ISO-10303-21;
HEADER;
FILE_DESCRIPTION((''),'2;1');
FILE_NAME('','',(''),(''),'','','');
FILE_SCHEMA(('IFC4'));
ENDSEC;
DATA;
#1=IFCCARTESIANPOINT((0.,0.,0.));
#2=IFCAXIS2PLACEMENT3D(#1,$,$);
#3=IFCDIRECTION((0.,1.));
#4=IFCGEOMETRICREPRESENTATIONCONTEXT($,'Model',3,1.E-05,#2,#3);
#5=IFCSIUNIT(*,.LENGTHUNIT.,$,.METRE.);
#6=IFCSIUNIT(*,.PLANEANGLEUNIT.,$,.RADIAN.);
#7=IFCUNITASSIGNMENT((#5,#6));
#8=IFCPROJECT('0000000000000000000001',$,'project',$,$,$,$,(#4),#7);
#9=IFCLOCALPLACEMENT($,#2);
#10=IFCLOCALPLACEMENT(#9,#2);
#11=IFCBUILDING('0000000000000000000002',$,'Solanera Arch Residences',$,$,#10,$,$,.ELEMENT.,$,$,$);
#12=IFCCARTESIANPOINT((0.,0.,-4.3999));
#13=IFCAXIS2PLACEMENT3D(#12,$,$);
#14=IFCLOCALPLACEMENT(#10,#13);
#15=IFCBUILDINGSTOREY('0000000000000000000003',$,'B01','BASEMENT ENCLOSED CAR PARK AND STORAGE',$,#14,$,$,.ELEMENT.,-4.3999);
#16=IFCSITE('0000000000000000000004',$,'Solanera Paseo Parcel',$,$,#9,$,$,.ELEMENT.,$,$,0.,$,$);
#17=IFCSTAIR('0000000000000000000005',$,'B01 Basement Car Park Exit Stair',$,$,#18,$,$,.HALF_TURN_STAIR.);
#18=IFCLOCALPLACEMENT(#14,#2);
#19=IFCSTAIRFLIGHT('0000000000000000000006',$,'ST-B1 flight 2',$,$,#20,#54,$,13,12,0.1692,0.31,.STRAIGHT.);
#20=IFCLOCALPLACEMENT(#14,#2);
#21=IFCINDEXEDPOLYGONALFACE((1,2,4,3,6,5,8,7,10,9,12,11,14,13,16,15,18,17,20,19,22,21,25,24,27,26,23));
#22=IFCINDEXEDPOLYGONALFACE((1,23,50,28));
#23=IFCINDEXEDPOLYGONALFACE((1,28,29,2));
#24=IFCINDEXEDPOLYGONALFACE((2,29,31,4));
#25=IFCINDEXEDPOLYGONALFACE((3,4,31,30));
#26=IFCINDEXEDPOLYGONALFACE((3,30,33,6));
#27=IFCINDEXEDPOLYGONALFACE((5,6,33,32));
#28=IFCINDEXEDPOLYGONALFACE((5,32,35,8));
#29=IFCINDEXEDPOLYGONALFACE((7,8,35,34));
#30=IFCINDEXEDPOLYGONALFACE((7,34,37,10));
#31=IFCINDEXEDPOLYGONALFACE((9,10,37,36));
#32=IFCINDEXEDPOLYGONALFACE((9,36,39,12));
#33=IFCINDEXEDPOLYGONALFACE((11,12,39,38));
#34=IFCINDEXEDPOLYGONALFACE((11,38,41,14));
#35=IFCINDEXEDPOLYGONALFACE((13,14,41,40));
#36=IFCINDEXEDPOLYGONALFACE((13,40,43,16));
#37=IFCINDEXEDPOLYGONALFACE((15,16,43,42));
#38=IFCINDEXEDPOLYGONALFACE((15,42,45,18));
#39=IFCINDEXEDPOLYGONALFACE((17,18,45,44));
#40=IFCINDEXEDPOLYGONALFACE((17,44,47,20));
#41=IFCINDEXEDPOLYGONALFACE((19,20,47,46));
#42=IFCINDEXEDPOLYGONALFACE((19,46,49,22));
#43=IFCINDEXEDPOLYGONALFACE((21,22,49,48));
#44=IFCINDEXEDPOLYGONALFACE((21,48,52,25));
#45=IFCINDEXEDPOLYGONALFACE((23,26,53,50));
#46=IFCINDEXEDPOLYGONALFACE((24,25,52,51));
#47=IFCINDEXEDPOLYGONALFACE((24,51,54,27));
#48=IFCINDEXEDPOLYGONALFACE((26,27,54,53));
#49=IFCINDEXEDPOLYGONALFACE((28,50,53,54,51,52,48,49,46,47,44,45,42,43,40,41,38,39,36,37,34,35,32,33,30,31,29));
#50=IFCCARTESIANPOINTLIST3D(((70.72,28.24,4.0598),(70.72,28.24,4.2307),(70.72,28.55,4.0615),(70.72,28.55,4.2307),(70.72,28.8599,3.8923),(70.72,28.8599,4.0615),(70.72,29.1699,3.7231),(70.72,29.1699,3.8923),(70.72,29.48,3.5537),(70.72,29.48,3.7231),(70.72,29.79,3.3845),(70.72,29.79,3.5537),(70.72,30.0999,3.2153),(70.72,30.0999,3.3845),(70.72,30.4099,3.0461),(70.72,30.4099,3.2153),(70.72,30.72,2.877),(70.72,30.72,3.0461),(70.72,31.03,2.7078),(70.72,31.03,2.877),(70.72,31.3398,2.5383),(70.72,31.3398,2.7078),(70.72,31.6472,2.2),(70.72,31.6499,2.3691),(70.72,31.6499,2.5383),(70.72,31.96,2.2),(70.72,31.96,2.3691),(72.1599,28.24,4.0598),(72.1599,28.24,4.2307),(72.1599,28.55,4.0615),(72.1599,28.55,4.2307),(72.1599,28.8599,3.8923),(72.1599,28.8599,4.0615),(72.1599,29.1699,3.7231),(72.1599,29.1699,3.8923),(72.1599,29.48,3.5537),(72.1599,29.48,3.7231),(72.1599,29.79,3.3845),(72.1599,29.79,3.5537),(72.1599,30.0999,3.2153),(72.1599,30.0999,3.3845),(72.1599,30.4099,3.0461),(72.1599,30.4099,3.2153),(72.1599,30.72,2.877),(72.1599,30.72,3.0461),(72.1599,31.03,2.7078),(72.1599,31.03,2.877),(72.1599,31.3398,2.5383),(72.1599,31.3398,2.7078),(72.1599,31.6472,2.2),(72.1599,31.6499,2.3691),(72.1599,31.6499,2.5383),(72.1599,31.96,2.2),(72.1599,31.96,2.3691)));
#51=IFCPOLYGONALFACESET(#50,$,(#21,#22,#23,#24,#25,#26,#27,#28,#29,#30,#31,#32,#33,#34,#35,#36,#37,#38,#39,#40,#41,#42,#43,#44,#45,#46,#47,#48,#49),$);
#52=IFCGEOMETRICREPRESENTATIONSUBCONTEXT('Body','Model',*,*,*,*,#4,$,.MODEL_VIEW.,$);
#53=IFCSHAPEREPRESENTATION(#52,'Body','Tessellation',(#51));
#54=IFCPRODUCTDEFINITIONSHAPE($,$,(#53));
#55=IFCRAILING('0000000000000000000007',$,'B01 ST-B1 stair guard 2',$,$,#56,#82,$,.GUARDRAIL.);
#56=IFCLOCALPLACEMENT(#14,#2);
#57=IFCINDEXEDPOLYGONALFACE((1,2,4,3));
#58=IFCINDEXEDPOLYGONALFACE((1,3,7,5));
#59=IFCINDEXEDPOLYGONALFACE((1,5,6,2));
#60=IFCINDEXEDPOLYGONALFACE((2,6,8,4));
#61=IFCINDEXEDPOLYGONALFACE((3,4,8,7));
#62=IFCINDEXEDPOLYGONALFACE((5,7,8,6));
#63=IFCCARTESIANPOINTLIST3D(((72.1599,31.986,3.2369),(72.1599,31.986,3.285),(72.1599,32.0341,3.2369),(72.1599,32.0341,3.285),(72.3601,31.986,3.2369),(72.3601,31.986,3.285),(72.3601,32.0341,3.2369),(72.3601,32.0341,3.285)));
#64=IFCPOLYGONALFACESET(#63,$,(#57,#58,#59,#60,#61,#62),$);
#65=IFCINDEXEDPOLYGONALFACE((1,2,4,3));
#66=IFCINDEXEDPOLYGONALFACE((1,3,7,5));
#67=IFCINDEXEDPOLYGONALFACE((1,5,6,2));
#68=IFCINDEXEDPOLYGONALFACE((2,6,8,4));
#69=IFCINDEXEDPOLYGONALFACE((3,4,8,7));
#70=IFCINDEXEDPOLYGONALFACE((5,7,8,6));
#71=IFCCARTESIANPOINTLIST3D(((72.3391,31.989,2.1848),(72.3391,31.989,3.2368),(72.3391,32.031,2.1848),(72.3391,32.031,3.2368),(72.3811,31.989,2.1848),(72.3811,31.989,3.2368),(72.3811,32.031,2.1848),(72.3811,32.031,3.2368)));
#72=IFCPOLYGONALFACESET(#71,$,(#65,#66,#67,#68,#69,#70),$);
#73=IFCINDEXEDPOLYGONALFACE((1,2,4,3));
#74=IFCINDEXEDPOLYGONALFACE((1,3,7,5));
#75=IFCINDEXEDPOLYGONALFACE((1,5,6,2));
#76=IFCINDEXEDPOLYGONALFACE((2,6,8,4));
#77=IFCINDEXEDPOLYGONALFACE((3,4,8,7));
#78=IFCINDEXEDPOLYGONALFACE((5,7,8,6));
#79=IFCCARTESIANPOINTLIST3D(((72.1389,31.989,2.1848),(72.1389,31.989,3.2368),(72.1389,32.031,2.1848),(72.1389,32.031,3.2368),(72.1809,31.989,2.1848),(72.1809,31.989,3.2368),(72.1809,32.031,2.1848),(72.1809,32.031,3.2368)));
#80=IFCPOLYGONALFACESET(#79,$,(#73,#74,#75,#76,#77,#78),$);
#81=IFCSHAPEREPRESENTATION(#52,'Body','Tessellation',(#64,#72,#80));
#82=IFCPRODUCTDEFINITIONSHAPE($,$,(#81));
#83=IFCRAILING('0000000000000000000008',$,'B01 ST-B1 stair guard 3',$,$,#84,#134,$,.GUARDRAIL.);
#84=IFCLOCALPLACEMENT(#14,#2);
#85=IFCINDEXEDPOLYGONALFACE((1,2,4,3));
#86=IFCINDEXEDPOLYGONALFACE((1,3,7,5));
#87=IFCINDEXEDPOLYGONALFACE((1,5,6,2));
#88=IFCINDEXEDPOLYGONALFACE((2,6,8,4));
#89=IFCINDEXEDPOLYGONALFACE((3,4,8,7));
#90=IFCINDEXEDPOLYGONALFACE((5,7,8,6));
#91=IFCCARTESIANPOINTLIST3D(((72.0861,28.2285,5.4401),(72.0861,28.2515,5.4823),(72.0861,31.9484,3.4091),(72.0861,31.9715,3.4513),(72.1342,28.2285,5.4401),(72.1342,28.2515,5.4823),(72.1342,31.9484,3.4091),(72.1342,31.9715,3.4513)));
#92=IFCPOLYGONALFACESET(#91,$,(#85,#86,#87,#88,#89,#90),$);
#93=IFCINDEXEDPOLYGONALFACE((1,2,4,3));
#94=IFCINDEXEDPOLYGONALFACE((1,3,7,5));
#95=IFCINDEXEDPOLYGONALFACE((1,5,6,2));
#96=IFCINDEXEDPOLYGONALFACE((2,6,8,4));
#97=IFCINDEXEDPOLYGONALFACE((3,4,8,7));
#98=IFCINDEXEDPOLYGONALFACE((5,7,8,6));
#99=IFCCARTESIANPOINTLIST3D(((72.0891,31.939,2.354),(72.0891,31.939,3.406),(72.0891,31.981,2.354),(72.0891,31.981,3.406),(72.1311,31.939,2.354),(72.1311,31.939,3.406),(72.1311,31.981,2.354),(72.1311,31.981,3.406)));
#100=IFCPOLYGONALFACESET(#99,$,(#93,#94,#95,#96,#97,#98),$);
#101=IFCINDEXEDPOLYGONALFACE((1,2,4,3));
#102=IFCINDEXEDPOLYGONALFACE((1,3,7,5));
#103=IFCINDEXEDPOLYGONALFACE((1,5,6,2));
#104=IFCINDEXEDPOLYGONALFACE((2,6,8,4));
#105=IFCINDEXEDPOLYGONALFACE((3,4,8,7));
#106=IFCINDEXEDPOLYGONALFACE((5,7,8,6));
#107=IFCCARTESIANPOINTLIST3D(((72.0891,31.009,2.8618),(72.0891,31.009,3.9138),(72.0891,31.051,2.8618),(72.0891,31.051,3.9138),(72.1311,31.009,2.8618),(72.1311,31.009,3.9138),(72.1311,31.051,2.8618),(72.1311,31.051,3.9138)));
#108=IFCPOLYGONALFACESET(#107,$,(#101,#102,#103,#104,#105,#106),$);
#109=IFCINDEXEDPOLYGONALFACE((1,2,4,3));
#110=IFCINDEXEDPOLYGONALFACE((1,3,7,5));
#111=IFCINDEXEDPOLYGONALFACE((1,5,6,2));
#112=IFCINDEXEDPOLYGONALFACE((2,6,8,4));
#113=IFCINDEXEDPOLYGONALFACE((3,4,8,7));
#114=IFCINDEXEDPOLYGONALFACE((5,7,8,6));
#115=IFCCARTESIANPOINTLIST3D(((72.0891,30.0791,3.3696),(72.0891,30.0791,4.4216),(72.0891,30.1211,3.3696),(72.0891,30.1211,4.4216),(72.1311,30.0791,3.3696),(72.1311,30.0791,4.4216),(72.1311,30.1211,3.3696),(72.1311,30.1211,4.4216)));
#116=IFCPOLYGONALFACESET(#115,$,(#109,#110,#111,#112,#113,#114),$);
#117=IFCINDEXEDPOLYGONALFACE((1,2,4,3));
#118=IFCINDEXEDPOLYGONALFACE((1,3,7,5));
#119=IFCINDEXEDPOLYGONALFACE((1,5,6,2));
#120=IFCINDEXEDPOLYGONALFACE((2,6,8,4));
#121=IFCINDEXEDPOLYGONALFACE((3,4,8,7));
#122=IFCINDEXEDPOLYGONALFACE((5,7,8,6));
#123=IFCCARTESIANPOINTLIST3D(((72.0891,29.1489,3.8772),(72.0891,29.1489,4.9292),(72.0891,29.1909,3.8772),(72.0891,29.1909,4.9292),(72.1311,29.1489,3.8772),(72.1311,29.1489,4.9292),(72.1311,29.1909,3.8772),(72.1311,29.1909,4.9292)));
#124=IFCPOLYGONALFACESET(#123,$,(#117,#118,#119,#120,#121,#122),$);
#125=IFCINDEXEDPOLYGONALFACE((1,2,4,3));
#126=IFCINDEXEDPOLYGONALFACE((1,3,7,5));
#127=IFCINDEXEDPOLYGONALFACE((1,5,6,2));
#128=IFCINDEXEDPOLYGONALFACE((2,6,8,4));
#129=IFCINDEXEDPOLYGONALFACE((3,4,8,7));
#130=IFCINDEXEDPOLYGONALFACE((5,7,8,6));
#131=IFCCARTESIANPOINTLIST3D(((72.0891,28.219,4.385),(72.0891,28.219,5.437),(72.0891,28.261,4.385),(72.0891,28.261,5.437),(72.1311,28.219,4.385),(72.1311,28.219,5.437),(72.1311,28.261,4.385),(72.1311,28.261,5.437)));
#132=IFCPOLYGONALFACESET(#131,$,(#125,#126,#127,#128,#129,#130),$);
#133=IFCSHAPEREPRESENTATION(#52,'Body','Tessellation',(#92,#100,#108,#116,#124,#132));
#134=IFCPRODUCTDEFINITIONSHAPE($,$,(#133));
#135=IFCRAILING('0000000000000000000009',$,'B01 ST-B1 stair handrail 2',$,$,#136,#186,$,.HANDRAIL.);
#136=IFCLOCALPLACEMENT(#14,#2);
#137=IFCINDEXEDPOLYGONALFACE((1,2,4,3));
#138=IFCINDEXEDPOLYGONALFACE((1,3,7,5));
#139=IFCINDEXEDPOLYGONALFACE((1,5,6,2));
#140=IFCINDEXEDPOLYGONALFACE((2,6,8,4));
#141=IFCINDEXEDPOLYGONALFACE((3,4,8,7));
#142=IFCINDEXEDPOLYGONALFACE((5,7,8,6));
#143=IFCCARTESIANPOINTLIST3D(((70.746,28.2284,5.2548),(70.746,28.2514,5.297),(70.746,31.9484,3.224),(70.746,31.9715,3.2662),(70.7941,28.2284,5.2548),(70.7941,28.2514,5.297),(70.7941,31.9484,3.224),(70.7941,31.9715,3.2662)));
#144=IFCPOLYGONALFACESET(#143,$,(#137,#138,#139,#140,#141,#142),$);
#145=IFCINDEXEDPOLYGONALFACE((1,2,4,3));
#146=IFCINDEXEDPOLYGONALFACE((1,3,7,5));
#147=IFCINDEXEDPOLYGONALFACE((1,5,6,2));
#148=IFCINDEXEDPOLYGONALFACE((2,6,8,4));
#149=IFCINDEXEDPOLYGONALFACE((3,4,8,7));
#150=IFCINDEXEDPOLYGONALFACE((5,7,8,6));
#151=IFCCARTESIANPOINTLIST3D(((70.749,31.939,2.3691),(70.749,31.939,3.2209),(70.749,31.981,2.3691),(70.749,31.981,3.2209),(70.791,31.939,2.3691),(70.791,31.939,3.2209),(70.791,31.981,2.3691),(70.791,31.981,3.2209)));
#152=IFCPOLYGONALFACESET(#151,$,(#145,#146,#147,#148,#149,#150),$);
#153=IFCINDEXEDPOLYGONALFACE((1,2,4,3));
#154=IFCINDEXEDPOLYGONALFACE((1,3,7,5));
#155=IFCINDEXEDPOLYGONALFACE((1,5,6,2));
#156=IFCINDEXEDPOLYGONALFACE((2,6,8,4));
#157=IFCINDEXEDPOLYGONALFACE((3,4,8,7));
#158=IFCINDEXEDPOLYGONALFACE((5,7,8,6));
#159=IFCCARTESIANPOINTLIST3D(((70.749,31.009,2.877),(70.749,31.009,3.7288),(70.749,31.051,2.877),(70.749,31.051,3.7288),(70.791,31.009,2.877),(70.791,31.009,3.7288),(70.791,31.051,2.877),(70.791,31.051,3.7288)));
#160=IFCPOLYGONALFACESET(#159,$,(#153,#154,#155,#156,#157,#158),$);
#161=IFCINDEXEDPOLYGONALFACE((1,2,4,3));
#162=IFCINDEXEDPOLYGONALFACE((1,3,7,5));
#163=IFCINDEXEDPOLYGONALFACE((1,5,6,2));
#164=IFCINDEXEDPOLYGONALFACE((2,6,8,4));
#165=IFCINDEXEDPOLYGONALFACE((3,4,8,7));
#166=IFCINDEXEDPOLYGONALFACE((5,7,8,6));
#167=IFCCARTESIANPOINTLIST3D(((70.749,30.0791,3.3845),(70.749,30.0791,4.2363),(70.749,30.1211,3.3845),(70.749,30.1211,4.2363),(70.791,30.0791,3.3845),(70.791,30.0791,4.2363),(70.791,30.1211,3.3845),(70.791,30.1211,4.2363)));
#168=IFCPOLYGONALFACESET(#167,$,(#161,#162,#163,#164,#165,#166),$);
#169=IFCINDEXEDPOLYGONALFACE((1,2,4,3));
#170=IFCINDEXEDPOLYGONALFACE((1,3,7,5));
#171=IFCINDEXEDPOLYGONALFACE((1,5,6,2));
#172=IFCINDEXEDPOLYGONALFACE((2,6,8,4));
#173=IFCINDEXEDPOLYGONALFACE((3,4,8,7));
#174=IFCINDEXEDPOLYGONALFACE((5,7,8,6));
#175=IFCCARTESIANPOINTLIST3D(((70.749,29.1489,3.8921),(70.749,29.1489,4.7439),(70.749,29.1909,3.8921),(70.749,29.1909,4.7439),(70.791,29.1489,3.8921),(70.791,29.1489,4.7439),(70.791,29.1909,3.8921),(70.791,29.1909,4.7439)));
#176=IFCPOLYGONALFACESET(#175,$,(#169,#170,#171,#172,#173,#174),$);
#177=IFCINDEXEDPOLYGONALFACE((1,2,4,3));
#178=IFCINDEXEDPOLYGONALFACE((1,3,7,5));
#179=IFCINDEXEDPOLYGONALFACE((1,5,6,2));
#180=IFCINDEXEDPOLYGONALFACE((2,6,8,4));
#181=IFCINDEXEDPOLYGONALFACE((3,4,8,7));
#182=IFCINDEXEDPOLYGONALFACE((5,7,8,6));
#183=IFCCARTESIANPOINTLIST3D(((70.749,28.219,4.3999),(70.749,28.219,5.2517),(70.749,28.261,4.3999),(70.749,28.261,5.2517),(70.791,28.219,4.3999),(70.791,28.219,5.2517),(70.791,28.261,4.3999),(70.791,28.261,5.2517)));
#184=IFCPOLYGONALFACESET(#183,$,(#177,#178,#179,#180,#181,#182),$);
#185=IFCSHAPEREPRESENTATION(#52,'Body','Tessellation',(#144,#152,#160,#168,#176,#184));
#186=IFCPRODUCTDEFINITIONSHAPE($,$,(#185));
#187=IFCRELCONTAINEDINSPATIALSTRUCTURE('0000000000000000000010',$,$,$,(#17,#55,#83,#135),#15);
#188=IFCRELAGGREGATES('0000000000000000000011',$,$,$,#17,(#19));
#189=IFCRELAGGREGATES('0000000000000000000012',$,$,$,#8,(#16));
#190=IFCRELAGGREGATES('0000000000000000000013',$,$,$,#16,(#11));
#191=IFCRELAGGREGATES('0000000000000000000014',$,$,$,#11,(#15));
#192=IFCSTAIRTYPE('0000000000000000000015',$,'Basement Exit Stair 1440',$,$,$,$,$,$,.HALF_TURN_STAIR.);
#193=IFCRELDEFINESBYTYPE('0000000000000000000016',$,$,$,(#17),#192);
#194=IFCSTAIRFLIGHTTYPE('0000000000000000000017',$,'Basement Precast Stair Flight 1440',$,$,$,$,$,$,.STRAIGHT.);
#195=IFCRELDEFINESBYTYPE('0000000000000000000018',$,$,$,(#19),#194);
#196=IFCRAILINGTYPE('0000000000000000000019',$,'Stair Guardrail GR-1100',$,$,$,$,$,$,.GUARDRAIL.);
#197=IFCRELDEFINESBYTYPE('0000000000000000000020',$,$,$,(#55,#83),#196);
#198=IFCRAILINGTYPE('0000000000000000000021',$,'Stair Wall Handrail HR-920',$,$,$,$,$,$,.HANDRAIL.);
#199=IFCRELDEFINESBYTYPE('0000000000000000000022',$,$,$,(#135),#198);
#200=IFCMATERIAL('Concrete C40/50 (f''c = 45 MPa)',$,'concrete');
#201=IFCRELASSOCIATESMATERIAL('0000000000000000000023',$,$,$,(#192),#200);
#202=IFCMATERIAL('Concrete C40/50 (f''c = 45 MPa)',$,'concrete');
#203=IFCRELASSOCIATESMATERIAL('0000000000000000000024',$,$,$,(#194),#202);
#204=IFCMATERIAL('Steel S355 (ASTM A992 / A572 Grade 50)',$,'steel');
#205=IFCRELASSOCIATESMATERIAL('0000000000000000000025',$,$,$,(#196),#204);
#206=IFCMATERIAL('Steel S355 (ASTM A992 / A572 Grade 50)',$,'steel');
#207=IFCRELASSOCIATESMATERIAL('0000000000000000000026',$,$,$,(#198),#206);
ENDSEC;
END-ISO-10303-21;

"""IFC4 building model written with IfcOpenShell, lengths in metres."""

from ifc_helpers import new_model, si_unit, direction, frame, origin, origin_2d, place, context, subcontext, project, spatial, polyline, rectangle, outline, extrude, material, type_object, element, aggregate, save


model = new_model("IFC4")

# Units and contexts
model_context = context("Model", 3, precision=1e-05, world=origin(), true_north=direction((0.0, 1.0)))
body_context = subcontext(model_context, "Body", "Model", "MODEL_VIEW")
ifc_project = project(units=[si_unit("LENGTHUNIT", "METRE"), si_unit("PLANEANGLEUNIT", "RADIAN")], contexts=[model_context])

# Site, building, storey
site_placement = place(None, origin())
site = spatial("IfcSite", under=ifc_project, at=site_placement, Name="Solanera Paseo Parcel", CompositionType="ELEMENT", RefElevation=0.0)
building_placement = place(site_placement, origin())
building = spatial("IfcBuilding", under=site, at=building_placement, Name="Solanera Arch Residences", CompositionType="ELEMENT")
storey_placement = place(building_placement, frame((0.0, 0.0, -4.3999)))
storey = spatial("IfcBuildingStorey", under=building, at=storey_placement, Name="B01", Description="BASEMENT ENCLOSED CAR PARK AND STORAGE", CompositionType="ELEMENT", Elevation=-4.3999)

# Stair, stair flight
ifc_material_1 = material(Name="Concrete C40/50 (f'c = 45 MPa)", Category="concrete")
stair_type = type_object("IfcStairType", Name="Basement Exit Stair 1440", PredefinedType="HALF_TURN_STAIR", material=ifc_material_1)
stair_placement = place(storey_placement, origin())
stair = element("IfcStair", 1, at=stair_placement, inside=storey, type_object=stair_type, Name="B01 Basement Car Park Exit Stair", PredefinedType="HALF_TURN_STAIR")
ifc_material_2 = material(Name="Concrete C40/50 (f'c = 45 MPa)", Category="concrete")
stair_flight_type = type_object("IfcStairFlightType", Name="Basement Precast Stair Flight 1440", PredefinedType="STRAIGHT", material=ifc_material_2)
stair_flight_placement = place(storey_placement, frame((71.4399, 31.96, 2.2), z_axis=(0.0, 0.0, 1.0), x_axis=(0.0, -1.0, 0.0)))
stair_flight = element("IfcStairFlight", 2, at=stair_flight_placement, type_object=stair_flight_type, Name="ST-B1 flight 2", NumberOfRisers=13, NumberOfTreads=12, PredefinedType="STRAIGHT", RiserHeight=0.1692, TreadLength=0.31, context=body_context, shape_type="SweptSolid", body=[
    extrude(outline(polyline([(0.0, 0.0), (0.0, 0.1692), (0.3101, 0.1692), (0.3101, 0.3384), (0.6201, 0.3384), (0.6201, 0.5078), (0.9299, 0.5078), (0.9299, 0.677), (1.24, 0.677), (1.24, 0.8462), (1.55, 0.8462), (1.55, 1.0154), (1.8601, 1.0154), (1.8601, 1.1846), (2.1699, 1.1846), (2.1699, 1.3538), (2.48, 1.3538), (2.48, 1.5232), (2.79, 1.5232), (2.79, 1.6924), (3.1001, 1.6924), (3.1001, 1.8616), (3.4099, 1.8616), (3.4099, 2.0308), (3.72, 2.0308), (3.72, 2.2), (3.72, 1.8599), (0.3127, 0.0), (0.0, 0.0)])), frame((0.0, 0.72, 0.0), z_axis=(0.0, -1.0, 0.0), x_axis=(1.0, 0.0, 0.0)), (0.0, 0.0, 1.0), 1.4399),
])
aggregate(stair, [stair_flight])

# Railings
ifc_material_3 = material(Name="Steel S355 (ASTM A992 / A572 Grade 50)", Category="steel")
railing_type_1 = type_object("IfcRailingType", Name="Stair Guardrail GR-1100", PredefinedType="GUARDRAIL", material=ifc_material_3)
railing_1_placement = place(storey_placement, frame((72.3601, 32.01, 2.1848)))
element("IfcRailing", 3, at=railing_1_placement, inside=storey, type_object=railing_type_1, Name="B01 ST-B1 stair guard 2", PredefinedType="GUARDRAIL", context=body_context, shape_type="SweptSolid", body=[
    extrude(rectangle(XDim=0.0481, YDim=0.0481, at=origin_2d()), frame((0.0, 0.0, 1.0762), z_axis=(-1.0, 0.0, 0.0), x_axis=(0.0, -1.0, 0.0)), (0.0, 0.0, 1.0), 0.2002),
    extrude(rectangle(XDim=0.042, YDim=0.042, at=origin_2d()), origin(), (0.0, 0.0, 1.0), 1.052),
    extrude(rectangle(XDim=0.042, YDim=0.042, at=origin_2d()), frame((-0.2002, 0.0, 0.0)), (0.0, 0.0, 1.0), 1.052),
])
railing_2_placement = place(storey_placement, frame((72.1101, 31.96, 2.354)))
element("IfcRailing", 4, at=railing_2_placement, inside=storey, type_object=railing_type_1, Name="B01 ST-B1 stair guard 3", PredefinedType="GUARDRAIL", context=body_context, shape_type="SweptSolid", body=[
    extrude(rectangle(XDim=0.0481, YDim=0.0481, at=origin_2d()), frame((0.0, 0.0, 1.0762), z_axis=(0.0, -0.877704, 0.479203), x_axis=(1.0, 0.0, 0.0)), (0.0, 0.0, 1.0), 4.2383),
    extrude(rectangle(XDim=0.042, YDim=0.042, at=origin_2d()), origin(), (0.0, 0.0, 1.0), 1.052),
    extrude(rectangle(XDim=0.042, YDim=0.042, at=origin_2d()), frame((0.0, -0.9299, 0.5078)), (0.0, 0.0, 1.0), 1.052),
    extrude(rectangle(XDim=0.042, YDim=0.042, at=origin_2d()), frame((0.0, -1.8599, 1.0156)), (0.0, 0.0, 1.0), 1.052),
    extrude(rectangle(XDim=0.042, YDim=0.042, at=origin_2d()), frame((0.0, -2.79, 1.5232)), (0.0, 0.0, 1.0), 1.052),
    extrude(rectangle(XDim=0.042, YDim=0.042, at=origin_2d()), frame((0.0, -3.72, 2.031)), (0.0, 0.0, 1.0), 1.052),
])
ifc_material_4 = material(Name="Steel S355 (ASTM A992 / A572 Grade 50)", Category="steel")
railing_type_2 = type_object("IfcRailingType", Name="Stair Wall Handrail HR-920", PredefinedType="HANDRAIL", material=ifc_material_4)
railing_3_placement = place(storey_placement, frame((70.77, 31.96, 2.3691)))
element("IfcRailing", 5, at=railing_3_placement, inside=storey, type_object=railing_type_2, Name="B01 ST-B1 stair handrail 2", PredefinedType="HANDRAIL", context=body_context, shape_type="SweptSolid", body=[
    extrude(rectangle(XDim=0.0481, YDim=0.0481, at=origin_2d()), frame((0.0, 0.0, 0.876), z_axis=(0.0, -0.877728, 0.479159), x_axis=(1.0, 0.0, 0.0)), (0.0, 0.0, 1.0), 4.2383),
    extrude(rectangle(XDim=0.042, YDim=0.042, at=origin_2d()), origin(), (0.0, 0.0, 1.0), 0.8518),
    extrude(rectangle(XDim=0.042, YDim=0.042, at=origin_2d()), frame((0.0, -0.9299, 0.5078)), (0.0, 0.0, 1.0), 0.8518),
    extrude(rectangle(XDim=0.042, YDim=0.042, at=origin_2d()), frame((0.0, -1.8599, 1.0154)), (0.0, 0.0, 1.0), 0.8518),
    extrude(rectangle(XDim=0.042, YDim=0.042, at=origin_2d()), frame((0.0, -2.79, 1.5229)), (0.0, 0.0, 1.0), 0.8518),
    extrude(rectangle(XDim=0.042, YDim=0.042, at=origin_2d()), frame((0.0, -3.72, 2.0308)), (0.0, 0.0, 1.0), 0.8518),
])

save(model, "model.ifc")
